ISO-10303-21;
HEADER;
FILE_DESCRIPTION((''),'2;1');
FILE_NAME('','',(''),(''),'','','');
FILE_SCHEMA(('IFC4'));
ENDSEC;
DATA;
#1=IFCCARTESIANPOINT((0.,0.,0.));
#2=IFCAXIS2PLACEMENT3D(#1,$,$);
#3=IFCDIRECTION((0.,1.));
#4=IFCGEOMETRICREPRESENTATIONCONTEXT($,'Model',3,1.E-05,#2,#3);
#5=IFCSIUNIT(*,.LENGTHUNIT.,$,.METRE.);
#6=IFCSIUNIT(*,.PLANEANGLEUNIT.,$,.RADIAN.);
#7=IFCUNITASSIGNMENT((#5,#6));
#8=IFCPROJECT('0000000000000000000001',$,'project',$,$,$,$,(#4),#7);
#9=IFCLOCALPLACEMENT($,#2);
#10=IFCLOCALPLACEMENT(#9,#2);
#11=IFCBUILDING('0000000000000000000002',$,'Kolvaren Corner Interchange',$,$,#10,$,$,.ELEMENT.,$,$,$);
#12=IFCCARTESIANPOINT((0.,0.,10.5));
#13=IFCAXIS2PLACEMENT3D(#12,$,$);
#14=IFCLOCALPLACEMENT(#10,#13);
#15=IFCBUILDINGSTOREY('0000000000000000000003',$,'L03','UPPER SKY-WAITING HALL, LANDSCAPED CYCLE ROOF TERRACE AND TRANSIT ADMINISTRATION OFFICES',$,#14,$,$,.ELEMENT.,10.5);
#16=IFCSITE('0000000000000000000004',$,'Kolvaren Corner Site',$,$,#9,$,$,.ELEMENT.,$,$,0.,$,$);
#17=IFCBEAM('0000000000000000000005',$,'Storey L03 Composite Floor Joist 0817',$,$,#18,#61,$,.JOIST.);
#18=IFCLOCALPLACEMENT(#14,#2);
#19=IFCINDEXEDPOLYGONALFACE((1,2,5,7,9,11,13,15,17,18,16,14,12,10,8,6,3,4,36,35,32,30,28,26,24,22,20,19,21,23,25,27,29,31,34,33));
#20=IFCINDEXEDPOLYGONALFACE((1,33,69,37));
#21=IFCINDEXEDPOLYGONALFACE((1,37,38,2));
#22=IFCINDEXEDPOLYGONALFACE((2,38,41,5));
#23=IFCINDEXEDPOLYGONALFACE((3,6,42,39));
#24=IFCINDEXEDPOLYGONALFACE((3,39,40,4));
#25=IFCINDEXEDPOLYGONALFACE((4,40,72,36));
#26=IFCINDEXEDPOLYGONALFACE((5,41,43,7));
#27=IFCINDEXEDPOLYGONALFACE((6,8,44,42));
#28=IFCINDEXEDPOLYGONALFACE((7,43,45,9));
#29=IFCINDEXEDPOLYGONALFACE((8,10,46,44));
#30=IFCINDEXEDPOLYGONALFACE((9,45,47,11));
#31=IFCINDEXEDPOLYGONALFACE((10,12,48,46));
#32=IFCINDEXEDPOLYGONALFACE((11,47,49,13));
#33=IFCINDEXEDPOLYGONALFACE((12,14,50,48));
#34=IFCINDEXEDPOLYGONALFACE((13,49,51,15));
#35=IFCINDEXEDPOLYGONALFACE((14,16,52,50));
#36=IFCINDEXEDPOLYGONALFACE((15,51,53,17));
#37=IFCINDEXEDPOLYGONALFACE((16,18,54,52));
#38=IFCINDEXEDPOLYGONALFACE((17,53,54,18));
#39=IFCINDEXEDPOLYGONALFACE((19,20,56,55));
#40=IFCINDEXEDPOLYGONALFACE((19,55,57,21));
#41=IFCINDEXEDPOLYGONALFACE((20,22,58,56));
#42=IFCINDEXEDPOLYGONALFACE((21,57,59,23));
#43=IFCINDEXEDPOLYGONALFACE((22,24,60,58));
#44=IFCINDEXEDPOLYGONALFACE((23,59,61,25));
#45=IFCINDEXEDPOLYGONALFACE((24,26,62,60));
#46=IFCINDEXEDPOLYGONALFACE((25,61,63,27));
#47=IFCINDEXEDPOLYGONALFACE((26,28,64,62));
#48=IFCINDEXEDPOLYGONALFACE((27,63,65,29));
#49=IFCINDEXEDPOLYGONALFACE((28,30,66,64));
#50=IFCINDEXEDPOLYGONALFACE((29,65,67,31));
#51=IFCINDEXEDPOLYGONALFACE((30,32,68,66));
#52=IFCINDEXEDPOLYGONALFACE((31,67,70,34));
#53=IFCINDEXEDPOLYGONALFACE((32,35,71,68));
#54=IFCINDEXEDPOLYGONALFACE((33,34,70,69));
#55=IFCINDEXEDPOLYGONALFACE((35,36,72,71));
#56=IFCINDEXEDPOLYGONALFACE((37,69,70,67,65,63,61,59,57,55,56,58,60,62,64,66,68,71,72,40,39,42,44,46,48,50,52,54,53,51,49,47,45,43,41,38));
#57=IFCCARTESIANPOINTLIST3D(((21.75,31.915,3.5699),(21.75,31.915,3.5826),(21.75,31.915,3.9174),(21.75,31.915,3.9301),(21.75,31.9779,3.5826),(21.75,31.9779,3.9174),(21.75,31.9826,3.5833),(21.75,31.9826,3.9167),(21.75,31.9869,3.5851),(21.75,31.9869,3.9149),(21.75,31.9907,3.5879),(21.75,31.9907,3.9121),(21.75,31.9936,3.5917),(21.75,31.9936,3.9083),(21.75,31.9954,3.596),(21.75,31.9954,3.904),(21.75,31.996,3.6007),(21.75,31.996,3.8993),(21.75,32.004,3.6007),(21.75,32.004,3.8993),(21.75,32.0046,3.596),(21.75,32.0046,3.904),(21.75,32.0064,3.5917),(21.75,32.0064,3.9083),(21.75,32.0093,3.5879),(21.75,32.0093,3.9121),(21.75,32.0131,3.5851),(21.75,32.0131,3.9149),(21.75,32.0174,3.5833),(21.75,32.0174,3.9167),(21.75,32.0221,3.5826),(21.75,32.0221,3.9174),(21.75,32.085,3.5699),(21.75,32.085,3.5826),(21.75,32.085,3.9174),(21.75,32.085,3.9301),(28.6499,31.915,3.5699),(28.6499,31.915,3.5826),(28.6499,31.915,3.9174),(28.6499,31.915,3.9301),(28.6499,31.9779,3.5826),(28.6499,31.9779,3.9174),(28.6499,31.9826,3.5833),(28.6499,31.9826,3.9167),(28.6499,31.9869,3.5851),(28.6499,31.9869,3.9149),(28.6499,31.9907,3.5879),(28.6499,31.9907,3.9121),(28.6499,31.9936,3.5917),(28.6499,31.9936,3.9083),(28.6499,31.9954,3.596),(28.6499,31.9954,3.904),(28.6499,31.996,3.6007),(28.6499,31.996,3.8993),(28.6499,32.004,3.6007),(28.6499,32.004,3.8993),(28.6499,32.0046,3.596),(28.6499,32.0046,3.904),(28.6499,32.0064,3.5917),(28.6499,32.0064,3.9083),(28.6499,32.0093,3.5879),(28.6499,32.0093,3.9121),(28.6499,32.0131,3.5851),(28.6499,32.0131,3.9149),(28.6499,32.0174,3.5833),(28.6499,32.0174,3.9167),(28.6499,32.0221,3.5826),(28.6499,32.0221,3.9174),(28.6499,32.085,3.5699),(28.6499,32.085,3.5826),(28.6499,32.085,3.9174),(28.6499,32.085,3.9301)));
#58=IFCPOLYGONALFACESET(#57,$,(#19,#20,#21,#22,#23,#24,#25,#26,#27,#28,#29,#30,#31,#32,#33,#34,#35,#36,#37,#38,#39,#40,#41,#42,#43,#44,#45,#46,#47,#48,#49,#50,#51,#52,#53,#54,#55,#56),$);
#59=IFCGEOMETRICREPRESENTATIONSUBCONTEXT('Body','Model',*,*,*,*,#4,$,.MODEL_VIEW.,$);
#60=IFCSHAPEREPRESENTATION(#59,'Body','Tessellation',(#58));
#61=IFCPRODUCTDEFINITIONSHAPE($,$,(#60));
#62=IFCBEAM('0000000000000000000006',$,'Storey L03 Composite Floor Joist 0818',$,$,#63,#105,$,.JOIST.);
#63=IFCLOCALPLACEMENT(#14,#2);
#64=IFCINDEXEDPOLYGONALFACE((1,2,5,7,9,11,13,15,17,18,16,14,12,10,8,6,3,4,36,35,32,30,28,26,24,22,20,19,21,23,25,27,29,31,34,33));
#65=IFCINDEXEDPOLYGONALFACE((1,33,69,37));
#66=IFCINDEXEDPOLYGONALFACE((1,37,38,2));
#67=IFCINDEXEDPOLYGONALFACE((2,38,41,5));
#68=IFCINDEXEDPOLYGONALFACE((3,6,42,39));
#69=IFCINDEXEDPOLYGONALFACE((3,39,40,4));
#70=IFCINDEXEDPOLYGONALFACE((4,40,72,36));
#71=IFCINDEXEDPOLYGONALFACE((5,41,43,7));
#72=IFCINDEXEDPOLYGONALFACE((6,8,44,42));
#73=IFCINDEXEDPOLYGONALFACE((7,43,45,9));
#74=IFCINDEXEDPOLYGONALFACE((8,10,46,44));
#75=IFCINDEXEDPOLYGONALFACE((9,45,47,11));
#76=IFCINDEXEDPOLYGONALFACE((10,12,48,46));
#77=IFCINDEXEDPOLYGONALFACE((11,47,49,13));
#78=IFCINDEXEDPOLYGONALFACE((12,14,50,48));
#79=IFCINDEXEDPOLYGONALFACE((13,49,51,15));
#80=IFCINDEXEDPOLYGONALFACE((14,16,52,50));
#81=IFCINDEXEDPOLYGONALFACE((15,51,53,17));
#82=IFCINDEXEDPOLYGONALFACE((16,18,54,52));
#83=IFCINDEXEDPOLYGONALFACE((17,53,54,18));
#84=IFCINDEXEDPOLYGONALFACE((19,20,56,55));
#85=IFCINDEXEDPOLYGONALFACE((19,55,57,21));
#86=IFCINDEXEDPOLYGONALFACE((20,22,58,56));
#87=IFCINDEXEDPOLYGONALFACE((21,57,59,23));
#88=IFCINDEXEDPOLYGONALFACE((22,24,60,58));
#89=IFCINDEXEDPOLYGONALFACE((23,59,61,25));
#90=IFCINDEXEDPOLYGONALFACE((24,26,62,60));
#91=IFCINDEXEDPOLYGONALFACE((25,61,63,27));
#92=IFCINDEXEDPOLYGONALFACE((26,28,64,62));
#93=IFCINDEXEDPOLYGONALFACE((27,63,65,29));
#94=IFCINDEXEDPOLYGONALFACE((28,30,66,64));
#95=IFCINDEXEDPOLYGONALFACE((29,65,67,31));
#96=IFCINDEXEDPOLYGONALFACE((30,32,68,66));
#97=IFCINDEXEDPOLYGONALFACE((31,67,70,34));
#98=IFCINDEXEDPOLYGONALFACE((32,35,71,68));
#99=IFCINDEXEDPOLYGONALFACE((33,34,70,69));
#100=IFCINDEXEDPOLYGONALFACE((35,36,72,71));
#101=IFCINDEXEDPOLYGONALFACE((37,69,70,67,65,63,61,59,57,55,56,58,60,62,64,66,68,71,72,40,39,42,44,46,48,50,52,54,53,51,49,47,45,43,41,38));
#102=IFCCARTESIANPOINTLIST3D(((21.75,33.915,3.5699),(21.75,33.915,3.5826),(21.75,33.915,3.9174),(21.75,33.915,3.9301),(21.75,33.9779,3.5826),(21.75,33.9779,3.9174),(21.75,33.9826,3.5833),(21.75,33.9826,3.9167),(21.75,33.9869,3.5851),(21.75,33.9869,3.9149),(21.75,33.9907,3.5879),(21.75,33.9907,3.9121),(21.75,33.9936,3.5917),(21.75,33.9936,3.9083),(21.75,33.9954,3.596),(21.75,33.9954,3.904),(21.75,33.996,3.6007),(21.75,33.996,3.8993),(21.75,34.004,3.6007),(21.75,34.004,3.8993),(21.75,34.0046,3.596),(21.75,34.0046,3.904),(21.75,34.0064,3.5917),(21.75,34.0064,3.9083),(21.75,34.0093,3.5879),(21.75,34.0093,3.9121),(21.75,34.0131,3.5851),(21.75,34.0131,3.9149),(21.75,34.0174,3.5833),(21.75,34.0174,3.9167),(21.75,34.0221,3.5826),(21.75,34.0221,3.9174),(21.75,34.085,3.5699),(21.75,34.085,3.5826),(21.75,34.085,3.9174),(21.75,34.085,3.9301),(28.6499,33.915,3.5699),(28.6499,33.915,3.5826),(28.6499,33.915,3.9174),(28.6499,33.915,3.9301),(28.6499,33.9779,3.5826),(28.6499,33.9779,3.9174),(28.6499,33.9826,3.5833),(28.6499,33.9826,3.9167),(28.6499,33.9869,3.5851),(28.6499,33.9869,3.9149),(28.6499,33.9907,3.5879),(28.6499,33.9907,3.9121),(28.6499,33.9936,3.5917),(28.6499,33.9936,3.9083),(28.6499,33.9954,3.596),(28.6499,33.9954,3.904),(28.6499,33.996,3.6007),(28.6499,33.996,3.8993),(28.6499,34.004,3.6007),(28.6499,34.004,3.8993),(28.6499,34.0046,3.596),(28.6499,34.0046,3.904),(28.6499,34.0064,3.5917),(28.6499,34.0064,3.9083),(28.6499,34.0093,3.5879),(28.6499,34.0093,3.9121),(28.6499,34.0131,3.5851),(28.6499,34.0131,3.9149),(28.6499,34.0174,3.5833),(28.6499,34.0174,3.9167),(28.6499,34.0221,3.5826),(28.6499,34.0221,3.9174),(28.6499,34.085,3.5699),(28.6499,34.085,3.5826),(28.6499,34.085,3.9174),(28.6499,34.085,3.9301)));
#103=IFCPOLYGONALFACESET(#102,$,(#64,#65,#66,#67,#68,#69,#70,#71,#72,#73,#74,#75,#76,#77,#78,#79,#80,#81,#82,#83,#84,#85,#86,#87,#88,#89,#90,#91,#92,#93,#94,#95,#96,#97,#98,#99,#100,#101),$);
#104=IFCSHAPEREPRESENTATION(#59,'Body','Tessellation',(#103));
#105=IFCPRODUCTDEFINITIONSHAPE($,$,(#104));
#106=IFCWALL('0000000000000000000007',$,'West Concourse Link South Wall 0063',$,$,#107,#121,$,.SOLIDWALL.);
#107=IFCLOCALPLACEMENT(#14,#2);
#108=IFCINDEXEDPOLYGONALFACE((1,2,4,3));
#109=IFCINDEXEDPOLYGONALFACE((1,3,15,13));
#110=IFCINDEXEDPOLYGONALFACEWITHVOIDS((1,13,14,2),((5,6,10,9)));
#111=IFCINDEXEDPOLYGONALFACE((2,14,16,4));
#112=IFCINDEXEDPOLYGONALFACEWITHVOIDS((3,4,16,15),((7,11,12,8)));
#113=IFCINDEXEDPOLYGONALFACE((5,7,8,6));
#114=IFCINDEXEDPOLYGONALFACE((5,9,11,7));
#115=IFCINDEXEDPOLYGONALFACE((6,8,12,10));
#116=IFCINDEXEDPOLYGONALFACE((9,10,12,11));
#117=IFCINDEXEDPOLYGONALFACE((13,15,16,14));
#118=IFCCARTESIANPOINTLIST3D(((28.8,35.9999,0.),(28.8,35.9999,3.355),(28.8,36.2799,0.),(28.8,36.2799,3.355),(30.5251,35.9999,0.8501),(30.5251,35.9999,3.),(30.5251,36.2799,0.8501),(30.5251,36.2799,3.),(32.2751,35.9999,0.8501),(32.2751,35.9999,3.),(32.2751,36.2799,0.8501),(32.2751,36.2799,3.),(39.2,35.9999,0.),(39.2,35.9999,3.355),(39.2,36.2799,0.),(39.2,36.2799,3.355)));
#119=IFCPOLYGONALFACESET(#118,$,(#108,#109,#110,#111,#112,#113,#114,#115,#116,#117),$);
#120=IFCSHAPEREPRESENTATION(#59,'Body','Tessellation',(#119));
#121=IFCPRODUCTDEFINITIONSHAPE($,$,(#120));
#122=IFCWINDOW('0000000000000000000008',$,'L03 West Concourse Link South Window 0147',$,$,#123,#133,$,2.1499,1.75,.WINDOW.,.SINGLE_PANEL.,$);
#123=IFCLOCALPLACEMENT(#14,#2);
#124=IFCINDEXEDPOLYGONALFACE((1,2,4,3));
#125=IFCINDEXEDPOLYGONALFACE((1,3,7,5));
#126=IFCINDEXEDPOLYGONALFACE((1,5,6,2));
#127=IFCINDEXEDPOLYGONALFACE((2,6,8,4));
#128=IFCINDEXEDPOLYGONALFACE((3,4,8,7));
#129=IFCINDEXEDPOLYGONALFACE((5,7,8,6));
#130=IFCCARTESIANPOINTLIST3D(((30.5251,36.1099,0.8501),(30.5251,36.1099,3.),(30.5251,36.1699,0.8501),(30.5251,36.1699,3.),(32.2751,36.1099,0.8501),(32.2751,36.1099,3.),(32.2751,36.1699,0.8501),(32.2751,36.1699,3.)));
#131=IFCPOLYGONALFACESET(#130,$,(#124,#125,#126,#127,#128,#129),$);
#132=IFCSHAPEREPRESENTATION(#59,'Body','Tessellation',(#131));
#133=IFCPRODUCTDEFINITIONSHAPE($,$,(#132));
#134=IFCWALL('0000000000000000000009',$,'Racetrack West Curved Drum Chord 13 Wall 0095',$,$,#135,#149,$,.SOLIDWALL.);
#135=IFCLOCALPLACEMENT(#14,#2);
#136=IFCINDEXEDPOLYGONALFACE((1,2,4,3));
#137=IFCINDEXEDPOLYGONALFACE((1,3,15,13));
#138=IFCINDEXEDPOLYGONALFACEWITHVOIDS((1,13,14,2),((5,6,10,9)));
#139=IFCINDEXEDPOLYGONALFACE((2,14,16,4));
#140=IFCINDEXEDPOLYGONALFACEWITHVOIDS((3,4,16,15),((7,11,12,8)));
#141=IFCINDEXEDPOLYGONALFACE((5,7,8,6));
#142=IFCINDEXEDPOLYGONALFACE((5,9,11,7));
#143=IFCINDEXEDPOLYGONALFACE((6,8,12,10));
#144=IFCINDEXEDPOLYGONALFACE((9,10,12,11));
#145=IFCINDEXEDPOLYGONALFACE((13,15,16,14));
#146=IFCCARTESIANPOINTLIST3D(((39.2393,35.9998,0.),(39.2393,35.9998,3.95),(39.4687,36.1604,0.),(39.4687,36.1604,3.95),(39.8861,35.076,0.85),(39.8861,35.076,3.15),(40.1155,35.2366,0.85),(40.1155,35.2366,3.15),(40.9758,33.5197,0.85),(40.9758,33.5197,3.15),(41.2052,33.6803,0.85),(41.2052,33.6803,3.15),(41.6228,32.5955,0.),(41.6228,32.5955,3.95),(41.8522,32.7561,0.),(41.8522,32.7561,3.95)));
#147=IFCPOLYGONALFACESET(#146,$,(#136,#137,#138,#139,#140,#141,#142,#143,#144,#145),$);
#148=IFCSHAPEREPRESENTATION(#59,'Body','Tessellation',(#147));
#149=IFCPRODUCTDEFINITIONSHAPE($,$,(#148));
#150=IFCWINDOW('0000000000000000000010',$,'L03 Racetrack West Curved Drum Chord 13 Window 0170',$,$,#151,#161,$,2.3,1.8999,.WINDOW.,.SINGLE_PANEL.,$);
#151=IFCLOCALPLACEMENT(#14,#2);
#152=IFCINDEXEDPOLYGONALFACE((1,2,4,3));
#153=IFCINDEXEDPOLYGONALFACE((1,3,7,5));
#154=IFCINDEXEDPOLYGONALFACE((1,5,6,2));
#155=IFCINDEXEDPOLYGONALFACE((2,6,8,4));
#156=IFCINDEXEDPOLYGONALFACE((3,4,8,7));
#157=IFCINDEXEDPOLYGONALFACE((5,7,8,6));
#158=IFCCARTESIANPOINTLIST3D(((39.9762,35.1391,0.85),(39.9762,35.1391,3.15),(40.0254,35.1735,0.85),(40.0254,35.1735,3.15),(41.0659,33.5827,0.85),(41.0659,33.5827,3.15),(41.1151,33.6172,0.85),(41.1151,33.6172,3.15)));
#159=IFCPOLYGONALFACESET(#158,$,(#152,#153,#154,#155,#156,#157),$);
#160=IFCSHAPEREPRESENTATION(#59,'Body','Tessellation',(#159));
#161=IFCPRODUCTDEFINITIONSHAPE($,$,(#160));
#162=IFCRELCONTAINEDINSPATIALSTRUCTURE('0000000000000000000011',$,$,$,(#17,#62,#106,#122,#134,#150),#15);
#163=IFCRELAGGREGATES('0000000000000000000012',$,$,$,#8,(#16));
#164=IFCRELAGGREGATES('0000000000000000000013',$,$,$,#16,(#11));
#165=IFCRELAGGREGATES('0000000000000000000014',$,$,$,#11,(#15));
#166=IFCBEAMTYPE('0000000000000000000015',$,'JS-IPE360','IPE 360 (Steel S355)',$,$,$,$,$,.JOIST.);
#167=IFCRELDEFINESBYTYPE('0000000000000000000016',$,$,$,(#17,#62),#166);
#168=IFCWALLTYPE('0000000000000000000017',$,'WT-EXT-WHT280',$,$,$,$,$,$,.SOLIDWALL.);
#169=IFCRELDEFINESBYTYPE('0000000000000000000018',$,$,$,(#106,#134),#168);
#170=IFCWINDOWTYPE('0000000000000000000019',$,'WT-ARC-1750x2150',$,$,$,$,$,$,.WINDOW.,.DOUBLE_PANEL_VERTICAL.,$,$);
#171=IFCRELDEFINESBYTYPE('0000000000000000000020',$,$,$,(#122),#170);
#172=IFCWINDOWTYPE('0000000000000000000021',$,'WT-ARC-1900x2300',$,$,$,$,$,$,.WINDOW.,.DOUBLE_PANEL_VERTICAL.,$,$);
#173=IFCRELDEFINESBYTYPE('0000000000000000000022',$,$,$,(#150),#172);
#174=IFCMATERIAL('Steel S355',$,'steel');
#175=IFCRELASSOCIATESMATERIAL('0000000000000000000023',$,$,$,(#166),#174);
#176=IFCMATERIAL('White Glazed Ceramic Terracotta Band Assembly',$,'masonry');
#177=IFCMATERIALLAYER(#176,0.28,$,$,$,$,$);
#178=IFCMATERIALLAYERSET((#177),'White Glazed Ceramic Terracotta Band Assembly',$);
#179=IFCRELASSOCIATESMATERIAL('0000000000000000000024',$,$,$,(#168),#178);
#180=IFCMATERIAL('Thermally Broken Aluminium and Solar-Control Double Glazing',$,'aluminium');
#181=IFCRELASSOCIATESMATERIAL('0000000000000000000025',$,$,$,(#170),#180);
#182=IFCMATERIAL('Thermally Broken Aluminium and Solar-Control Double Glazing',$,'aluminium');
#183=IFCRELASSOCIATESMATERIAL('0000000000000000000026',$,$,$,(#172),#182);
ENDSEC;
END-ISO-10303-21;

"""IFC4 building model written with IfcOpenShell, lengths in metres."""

from ifc_helpers import new_model, si_unit, direction, frame, frame_2d, origin, origin_2d, place, context, subcontext, project, spatial, rectangle, i_section, extrude, material, layer, layer_set, material_profile, profile_set, type_object, element, fill, save


model = new_model("IFC4")

# Units and contexts
model_context = context("Model", 3, precision=1e-05, world=origin(), true_north=direction((0.0, 1.0)))
body_context = subcontext(model_context, "Body", "Model", "MODEL_VIEW")
ifc_project = project(units=[si_unit("LENGTHUNIT", "METRE"), si_unit("PLANEANGLEUNIT", "RADIAN")], contexts=[model_context])

# Site, building, storey
site_placement = place(None, origin())
site = spatial("IfcSite", under=ifc_project, at=site_placement, Name="Kolvaren Corner Site", CompositionType="ELEMENT", RefElevation=0.0)
building_placement = place(site_placement, origin())
building = spatial("IfcBuilding", under=site, at=building_placement, Name="Kolvaren Corner Interchange", CompositionType="ELEMENT")
storey_placement = place(building_placement, frame((0.0, 0.0, 10.5)))
storey = spatial("IfcBuildingStorey", under=building, at=storey_placement, Name="L03", Description="UPPER SKY-WAITING HALL, LANDSCAPED CYCLE ROOF TERRACE AND TRANSIT ADMINISTRATION OFFICES", CompositionType="ELEMENT", Elevation=10.5)

# Beams
ifc_material_1 = material(Name="Steel S355", Category="steel")
ifc_material_profile_1 = material_profile(ifc_material_1, i_section(OverallWidth=0.1699, OverallDepth=0.3601, WebThickness=0.0081, FlangeThickness=0.0127, FilletRadius=0.0181, at=origin_2d()), Name="IPE 360")
ifc_profile_set_1 = profile_set([ifc_material_profile_1], Name="Steel S355")
beam_type_1 = type_object("IfcBeamType", Name="JS-IPE360", Description="IPE 360 (Steel S355)", PredefinedType="JOIST", material=ifc_profile_set_1)
for number, where, z_axis, x_axis, name in (
    (1, (21.75, 32.0, 3.75), (1.0, 0.0, 0.0), (0.0, 1.0, 0.0), "Storey L03 Composite Floor Joist 0817"),
    (2, (21.75, 34.0, 3.75), (1.0, 0.0, 0.0), (0.0, 1.0, 0.0), "Storey L03 Composite Floor Joist 0818"),
):
    element("IfcBeam", number, at=place(storey_placement, frame(where, z_axis=z_axis, x_axis=x_axis)), inside=storey, type_object=beam_type_1, Name=name, PredefinedType="JOIST", context=body_context, shape_type="SweptSolid", body=[
        extrude(i_section(OverallWidth=0.1699, OverallDepth=0.3601, WebThickness=0.0081, FlangeThickness=0.0127, FilletRadius=0.0181, at=origin_2d()), origin(), (0.0, 0.0, 1.0), 6.8999),
    ])

# Walls, openings, windows
ifc_material_2 = material(Name="White Glazed Ceramic Terracotta Band Assembly", Category="masonry")
ifc_layer = layer(ifc_material_2, 0.28)
ifc_layer_set = layer_set([ifc_layer], Name="White Glazed Ceramic Terracotta Band Assembly")
wall_type = type_object("IfcWallType", Name="WT-EXT-WHT280", PredefinedType="SOLIDWALL", material=ifc_layer_set)
wall_1_placement = place(storey_placement, frame((28.8, 36.1399, 0.0), z_axis=(0.0, 0.0, 1.0), x_axis=(1.0, 0.0, 0.0)))
wall_1 = element("IfcWall", 3, at=wall_1_placement, inside=storey, type_object=wall_type, Name="West Concourse Link South Wall 0063", PredefinedType="SOLIDWALL", context=body_context, shape_type="SweptSolid", body=[
    extrude(rectangle(XDim=10.3999, YDim=0.28, at=frame_2d((5.2, 0.0))), origin(), (0.0, 0.0, 1.0), 3.355),
])
opening_1_placement = place(wall_1_placement, frame((1.7251, 0.0, 0.8501)))
opening_1 = element("IfcOpeningElement", 4, at=opening_1_placement, cuts=wall_1, PredefinedType="OPENING", context=body_context, shape_type="SweptSolid", body=[
    extrude(rectangle(XDim=1.75, YDim=2.1499, at=frame_2d((0.875, 1.075))), frame((0.0, 0.1499, 0.0), z_axis=(0.0, -1.0, 0.0), x_axis=(1.0, 0.0, 0.0)), (0.0, 0.0, 1.0), 0.3),
])
ifc_material_3 = material(Name="Thermally Broken Aluminium and Solar-Control Double Glazing", Category="aluminium")
window_type_1 = type_object("IfcWindowType", Name="WT-ARC-1750x2150", PartitioningType="DOUBLE_PANEL_VERTICAL", PredefinedType="WINDOW", material=ifc_material_3)
window_1_placement = place(opening_1_placement, origin())
window_1 = element("IfcWindow", 5, at=window_1_placement, inside=storey, type_object=window_type_1, Name="L03 West Concourse Link South Window 0147", OverallHeight=2.1499, OverallWidth=1.75, PartitioningType="SINGLE_PANEL", PredefinedType="WINDOW", context=body_context, shape_type="SweptSolid", body=[
    extrude(rectangle(XDim=1.75, YDim=2.1499, at=frame_2d((0.875, 1.075))), frame((0.0, 0.03, 0.0), z_axis=(0.0, -1.0, 0.0), x_axis=(1.0, 0.0, 0.0)), (0.0, 0.0, 1.0), 0.0601),
])
fill(opening_1, window_1)
wall_2_placement = place(storey_placement, frame((39.354, 36.0801, 0.0), z_axis=(0.0, 0.0, 1.0), x_axis=(0.573549, -0.819171, 0.0)))
wall_2 = element("IfcWall", 6, at=wall_2_placement, inside=storey, type_object=wall_type, Name="Racetrack West Curved Drum Chord 13 Wall 0095", PredefinedType="SOLIDWALL", context=body_context, shape_type="SweptSolid", body=[
    extrude(rectangle(XDim=4.1558, YDim=0.28, at=frame_2d((2.0779, 0.0))), origin(), (0.0, 0.0, 1.0), 3.95),
])
opening_2_placement = place(wall_2_placement, frame((1.1277, 0.0, 0.8501)))
opening_2 = element("IfcOpeningElement", 7, at=opening_2_placement, cuts=wall_2, PredefinedType="OPENING", context=body_context, shape_type="SweptSolid", body=[
    extrude(rectangle(XDim=1.8999, YDim=2.3, at=frame_2d((0.95, 1.1499))), frame((0.0, 0.1499, 0.0), z_axis=(0.0, -1.0, 0.0), x_axis=(1.0, 0.0, 0.0)), (0.0, 0.0, 1.0), 0.3),
])
ifc_material_4 = material(Name="Thermally Broken Aluminium and Solar-Control Double Glazing", Category="aluminium")
window_type_2 = type_object("IfcWindowType", Name="WT-ARC-1900x2300", PartitioningType="DOUBLE_PANEL_VERTICAL", PredefinedType="WINDOW", material=ifc_material_4)
window_2_placement = place(opening_2_placement, origin())
window_2 = element("IfcWindow", 8, at=window_2_placement, inside=storey, type_object=window_type_2, Name="L03 Racetrack West Curved Drum Chord 13 Window 0170", OverallHeight=2.3, OverallWidth=1.8999, PartitioningType="SINGLE_PANEL", PredefinedType="WINDOW", context=body_context, shape_type="SweptSolid", body=[
    extrude(rectangle(XDim=1.8999, YDim=2.3, at=frame_2d((0.95, 1.1499))), frame((0.0, 0.03, 0.0), z_axis=(0.0, -1.0, 0.0), x_axis=(1.0, 0.0, 0.0)), (0.0, 0.0, 1.0), 0.0601),
])
fill(opening_2, window_2)

save(model, "model.ifc")
